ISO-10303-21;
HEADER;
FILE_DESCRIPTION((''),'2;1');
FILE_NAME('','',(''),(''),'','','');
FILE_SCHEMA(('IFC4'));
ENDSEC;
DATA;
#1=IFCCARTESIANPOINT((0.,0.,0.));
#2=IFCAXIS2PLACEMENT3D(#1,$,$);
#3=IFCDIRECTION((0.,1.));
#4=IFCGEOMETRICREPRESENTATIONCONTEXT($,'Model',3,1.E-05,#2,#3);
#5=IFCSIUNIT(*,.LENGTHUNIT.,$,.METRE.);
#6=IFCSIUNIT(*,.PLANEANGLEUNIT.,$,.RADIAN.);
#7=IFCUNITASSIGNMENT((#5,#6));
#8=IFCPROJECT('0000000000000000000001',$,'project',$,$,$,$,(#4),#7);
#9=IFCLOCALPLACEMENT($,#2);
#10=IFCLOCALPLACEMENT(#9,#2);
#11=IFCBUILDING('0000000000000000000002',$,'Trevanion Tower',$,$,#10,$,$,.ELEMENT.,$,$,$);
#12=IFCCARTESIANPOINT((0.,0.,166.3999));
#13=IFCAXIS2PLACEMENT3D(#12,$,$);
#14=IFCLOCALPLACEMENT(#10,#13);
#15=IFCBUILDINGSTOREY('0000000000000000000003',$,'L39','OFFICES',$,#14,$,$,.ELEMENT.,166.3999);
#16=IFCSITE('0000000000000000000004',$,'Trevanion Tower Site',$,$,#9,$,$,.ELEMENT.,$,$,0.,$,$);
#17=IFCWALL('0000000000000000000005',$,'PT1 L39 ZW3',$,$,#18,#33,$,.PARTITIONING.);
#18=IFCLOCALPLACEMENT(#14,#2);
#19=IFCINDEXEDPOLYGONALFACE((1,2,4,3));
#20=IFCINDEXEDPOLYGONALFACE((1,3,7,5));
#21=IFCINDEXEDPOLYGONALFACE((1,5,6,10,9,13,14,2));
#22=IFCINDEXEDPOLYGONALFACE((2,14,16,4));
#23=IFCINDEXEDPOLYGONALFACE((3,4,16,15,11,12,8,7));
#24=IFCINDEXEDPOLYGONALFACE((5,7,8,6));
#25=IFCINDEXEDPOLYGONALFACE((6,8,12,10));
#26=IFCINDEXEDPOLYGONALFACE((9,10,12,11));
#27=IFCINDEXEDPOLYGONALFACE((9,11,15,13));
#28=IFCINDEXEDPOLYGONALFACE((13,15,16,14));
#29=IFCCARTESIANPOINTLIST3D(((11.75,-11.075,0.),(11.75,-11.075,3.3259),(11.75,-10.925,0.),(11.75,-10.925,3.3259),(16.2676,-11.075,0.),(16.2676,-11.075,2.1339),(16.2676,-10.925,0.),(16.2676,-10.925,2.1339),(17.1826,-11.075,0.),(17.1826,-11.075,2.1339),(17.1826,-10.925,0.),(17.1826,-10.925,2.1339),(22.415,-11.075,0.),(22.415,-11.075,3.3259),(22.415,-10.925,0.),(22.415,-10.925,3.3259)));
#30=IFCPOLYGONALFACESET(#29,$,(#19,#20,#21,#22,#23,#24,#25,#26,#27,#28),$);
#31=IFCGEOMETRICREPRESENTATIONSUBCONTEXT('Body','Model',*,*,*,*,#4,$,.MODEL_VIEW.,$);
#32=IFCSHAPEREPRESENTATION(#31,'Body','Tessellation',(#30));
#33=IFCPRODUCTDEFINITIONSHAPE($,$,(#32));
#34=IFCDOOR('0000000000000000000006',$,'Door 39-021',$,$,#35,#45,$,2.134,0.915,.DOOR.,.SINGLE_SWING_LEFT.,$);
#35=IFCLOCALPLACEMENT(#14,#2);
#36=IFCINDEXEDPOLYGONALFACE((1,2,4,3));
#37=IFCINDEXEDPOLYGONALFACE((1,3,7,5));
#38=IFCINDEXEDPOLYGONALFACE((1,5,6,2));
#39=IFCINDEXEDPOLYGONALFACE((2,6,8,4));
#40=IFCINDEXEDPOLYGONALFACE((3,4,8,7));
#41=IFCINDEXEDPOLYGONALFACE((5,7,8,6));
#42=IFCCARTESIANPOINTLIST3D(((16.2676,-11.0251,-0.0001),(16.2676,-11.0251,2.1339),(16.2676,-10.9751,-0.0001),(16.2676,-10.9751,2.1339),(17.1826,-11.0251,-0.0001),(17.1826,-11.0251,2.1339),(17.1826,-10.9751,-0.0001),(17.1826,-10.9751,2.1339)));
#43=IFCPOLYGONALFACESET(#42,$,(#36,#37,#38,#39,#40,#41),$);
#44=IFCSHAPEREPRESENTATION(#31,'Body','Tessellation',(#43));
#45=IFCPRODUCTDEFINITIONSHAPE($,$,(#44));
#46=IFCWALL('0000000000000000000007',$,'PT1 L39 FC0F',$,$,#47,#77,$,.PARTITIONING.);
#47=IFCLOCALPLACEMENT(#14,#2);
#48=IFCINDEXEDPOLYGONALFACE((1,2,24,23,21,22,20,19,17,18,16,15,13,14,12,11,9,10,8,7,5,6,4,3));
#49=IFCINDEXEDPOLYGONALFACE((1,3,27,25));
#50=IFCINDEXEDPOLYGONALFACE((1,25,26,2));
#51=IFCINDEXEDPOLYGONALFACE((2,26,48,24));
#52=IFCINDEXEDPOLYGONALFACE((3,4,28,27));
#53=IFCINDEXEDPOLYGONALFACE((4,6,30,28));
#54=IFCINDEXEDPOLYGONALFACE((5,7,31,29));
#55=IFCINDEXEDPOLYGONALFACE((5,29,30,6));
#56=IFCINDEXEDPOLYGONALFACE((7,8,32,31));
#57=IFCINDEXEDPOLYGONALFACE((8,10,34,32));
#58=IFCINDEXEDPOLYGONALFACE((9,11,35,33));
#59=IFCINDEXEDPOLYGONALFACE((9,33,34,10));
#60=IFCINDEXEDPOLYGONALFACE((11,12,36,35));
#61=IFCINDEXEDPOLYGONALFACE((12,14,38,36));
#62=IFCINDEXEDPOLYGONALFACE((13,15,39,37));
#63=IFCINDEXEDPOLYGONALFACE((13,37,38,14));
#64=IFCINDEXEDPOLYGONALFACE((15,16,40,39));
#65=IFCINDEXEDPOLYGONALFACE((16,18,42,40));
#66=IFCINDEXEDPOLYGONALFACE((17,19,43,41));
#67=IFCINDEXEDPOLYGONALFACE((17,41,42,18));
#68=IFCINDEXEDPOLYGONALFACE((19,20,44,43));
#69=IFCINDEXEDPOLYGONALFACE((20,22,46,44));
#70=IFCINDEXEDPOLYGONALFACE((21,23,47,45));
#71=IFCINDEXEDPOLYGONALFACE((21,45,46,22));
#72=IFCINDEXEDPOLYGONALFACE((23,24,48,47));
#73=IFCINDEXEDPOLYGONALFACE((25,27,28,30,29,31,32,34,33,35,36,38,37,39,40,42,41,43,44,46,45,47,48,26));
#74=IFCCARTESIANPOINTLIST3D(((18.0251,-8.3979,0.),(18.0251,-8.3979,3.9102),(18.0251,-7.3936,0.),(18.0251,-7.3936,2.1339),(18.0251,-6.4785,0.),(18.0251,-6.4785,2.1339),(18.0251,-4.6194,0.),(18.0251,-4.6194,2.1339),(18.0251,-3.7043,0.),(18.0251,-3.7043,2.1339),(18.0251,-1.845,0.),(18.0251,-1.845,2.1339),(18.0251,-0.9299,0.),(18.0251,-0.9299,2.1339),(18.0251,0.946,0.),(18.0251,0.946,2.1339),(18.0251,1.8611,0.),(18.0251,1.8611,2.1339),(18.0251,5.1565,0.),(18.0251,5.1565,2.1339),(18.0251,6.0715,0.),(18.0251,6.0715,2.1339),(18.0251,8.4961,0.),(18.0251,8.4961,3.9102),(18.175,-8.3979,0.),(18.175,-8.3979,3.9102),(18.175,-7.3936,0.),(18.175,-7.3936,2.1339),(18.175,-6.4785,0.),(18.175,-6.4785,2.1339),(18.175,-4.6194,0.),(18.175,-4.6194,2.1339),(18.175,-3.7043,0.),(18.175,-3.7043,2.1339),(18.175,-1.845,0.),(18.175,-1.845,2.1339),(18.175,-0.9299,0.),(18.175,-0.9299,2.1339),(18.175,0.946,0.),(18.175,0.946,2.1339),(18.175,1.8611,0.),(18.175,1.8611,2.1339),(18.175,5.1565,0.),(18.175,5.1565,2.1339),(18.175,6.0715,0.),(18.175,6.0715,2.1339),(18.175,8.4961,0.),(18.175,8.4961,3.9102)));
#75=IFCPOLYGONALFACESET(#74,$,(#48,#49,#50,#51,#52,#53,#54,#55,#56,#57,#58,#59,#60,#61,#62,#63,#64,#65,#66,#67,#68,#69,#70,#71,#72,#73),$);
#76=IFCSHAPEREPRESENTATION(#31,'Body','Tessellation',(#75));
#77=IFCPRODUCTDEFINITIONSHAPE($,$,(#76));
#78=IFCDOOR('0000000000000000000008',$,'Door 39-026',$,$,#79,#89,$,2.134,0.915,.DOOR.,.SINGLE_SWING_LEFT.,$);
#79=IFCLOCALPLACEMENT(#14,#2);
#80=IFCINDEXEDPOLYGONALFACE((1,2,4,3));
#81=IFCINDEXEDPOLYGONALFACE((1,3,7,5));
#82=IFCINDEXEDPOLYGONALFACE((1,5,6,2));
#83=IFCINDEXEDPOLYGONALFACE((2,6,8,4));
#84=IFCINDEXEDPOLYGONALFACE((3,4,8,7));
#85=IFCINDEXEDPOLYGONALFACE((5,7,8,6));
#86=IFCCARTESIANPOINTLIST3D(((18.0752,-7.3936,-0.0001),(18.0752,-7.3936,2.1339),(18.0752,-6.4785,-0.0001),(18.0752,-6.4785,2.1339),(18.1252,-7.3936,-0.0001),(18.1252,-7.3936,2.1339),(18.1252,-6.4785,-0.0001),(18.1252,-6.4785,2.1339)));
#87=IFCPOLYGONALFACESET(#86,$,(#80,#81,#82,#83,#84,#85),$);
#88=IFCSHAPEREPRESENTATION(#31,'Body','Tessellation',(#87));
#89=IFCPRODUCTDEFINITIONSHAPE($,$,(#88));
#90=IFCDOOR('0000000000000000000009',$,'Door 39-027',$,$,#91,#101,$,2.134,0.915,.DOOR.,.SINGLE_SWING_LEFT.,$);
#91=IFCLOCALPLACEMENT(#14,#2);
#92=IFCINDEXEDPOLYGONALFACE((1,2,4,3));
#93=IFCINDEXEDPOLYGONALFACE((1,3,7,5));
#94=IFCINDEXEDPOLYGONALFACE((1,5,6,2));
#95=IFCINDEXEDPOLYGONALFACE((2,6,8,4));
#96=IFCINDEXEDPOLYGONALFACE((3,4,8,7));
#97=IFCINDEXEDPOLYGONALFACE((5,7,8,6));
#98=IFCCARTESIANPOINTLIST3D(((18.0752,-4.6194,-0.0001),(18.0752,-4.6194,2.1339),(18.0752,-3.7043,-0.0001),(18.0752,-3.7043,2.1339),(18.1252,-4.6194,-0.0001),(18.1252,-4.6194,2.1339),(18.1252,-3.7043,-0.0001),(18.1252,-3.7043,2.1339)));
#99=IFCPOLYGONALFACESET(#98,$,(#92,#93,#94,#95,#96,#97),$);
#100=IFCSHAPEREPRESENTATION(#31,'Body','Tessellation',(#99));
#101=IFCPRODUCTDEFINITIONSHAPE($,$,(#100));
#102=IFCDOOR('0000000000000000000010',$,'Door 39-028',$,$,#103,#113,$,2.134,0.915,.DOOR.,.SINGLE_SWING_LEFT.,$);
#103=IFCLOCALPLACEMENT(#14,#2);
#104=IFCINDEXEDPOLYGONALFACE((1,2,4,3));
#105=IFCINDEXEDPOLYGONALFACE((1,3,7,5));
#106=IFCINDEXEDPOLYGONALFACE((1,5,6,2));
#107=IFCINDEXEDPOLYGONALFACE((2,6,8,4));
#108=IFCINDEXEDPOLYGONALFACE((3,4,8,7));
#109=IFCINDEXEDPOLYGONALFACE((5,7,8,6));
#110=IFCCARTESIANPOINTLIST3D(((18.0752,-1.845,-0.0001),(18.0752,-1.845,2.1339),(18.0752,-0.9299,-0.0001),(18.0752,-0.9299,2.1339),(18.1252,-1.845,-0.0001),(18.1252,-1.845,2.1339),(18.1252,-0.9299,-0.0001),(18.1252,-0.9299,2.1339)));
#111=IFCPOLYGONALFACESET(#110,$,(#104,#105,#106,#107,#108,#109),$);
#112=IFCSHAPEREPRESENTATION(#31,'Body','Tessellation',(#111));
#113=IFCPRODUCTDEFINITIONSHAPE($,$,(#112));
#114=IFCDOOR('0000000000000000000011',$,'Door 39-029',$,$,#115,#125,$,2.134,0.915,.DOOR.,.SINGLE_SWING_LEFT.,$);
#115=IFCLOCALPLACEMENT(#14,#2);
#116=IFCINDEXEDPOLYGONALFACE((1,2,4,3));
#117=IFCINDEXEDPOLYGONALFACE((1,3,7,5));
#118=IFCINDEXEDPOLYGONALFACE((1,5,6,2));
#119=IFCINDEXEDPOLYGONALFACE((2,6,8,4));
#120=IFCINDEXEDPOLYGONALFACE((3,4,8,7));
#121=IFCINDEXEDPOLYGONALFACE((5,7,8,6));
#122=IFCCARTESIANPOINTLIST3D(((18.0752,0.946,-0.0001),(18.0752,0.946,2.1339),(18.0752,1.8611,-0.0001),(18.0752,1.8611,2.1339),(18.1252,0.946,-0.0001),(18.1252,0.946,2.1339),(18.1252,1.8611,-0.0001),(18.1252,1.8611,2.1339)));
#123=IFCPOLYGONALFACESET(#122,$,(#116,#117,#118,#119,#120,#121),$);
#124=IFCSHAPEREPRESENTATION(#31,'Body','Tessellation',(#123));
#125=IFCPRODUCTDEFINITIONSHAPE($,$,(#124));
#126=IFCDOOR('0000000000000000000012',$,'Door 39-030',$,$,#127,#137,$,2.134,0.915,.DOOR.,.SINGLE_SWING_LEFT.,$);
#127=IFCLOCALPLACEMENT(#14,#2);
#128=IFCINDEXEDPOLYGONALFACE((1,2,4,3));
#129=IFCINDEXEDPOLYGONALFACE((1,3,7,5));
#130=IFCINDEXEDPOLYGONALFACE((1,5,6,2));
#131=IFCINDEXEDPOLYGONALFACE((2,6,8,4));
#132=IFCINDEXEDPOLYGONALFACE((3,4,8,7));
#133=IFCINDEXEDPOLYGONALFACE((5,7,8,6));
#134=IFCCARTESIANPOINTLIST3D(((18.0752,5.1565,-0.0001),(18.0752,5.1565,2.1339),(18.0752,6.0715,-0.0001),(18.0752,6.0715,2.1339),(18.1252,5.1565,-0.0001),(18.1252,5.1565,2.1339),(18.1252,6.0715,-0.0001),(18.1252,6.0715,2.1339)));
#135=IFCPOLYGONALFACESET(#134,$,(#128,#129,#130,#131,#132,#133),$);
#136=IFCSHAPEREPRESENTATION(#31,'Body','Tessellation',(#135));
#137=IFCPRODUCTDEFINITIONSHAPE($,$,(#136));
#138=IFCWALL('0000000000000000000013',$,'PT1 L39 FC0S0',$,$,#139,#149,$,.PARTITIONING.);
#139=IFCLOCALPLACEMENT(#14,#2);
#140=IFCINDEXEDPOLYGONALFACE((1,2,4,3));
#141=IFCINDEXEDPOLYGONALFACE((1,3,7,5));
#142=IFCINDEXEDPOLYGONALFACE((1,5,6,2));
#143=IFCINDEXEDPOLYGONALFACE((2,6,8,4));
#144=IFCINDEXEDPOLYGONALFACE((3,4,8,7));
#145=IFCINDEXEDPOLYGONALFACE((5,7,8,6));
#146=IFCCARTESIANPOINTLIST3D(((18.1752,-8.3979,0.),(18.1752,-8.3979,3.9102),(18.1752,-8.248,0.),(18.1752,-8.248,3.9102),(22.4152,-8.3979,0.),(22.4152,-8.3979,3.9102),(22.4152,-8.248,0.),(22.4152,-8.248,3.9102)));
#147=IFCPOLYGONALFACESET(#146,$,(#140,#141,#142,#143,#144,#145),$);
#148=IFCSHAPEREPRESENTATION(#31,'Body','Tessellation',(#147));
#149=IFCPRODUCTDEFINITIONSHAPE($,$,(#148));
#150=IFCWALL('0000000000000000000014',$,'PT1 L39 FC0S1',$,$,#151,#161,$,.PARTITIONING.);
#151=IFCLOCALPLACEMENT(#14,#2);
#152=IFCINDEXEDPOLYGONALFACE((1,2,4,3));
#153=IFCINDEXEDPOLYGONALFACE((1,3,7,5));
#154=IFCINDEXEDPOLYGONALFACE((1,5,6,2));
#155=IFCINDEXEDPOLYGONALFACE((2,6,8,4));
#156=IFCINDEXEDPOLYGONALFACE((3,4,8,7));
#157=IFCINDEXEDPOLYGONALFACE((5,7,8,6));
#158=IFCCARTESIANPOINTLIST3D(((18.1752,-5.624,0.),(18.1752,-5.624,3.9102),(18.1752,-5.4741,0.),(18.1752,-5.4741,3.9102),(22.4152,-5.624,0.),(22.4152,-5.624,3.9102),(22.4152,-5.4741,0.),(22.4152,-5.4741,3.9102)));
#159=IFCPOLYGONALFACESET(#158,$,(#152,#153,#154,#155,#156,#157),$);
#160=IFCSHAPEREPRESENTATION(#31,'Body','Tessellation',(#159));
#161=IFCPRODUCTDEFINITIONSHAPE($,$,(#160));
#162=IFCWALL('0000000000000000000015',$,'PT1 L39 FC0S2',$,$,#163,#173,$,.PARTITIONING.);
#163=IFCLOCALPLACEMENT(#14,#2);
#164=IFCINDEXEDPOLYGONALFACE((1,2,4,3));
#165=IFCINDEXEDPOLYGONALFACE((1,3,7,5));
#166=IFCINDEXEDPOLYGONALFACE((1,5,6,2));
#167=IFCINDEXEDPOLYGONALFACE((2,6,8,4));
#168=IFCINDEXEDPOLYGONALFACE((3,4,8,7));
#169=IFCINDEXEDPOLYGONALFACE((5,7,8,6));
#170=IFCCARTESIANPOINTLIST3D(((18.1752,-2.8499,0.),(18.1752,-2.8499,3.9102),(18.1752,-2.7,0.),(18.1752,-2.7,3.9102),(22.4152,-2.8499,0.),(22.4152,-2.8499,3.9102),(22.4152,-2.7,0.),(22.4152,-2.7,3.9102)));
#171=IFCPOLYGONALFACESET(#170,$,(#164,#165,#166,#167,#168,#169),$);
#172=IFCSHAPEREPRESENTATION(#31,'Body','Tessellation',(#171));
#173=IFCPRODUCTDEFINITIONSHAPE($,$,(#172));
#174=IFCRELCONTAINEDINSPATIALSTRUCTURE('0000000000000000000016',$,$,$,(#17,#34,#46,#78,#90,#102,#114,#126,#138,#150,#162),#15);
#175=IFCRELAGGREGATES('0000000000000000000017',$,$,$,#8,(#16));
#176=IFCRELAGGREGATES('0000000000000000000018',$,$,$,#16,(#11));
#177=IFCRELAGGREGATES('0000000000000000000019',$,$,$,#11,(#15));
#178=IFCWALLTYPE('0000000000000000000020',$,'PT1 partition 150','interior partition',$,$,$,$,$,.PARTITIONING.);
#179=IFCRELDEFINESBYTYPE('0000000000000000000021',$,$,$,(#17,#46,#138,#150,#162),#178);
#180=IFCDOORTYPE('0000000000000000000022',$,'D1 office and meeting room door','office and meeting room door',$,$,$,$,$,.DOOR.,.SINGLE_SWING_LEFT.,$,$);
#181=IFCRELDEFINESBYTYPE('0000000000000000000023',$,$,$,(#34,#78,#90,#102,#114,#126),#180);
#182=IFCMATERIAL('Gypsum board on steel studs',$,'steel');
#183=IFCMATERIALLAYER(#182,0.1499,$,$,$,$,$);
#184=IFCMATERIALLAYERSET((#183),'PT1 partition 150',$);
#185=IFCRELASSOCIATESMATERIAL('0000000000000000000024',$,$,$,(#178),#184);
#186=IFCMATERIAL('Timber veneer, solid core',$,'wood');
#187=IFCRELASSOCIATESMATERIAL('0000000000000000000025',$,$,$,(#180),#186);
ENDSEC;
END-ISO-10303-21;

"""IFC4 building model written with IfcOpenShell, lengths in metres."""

from ifc_helpers import new_model, si_unit, direction, frame, frame_2d, origin, place, context, subcontext, project, spatial, rectangle, extrude, material, layer, layer_set, type_object, element, fill, save


model = new_model("IFC4")

# Units and contexts
model_context = context("Model", 3, precision=1e-05, world=origin(), true_north=direction((0.0, 1.0)))
body_context = subcontext(model_context, "Body", "Model", "MODEL_VIEW")
ifc_project = project(units=[si_unit("LENGTHUNIT", "METRE"), si_unit("PLANEANGLEUNIT", "RADIAN")], contexts=[model_context])

# Site, building, storey
site_placement = place(None, origin())
site = spatial("IfcSite", under=ifc_project, at=site_placement, Name="Trevanion Tower Site", CompositionType="ELEMENT", RefElevation=0.0)
building_placement = place(site_placement, origin())
building = spatial("IfcBuilding", under=site, at=building_placement, Name="Trevanion Tower", CompositionType="ELEMENT")
storey_placement = place(building_placement, frame((0.0, 0.0, 166.3999)))
storey = spatial("IfcBuildingStorey", under=building, at=storey_placement, Name="L39", Description="OFFICES", CompositionType="ELEMENT", Elevation=166.3999)

# Wall, opening, door
ifc_material_1 = material(Name="Gypsum board on steel studs", Category="steel")
ifc_layer_1 = layer(ifc_material_1, 0.1499)
ifc_layer_set_1 = layer_set([ifc_layer_1], Name="PT1 partition 150")
wall_type = type_object("IfcWallType", Name="PT1 partition 150", Description="interior partition", PredefinedType="PARTITIONING", material=ifc_layer_set_1)
wall_1_placement = place(storey_placement, frame((11.75, -11.0, 0.0), z_axis=(0.0, 0.0, 1.0), x_axis=(1.0, 0.0, 0.0)))
wall_1 = element("IfcWall", 1, at=wall_1_placement, inside=storey, type_object=wall_type, Name="PT1 L39 ZW3", PredefinedType="PARTITIONING", context=body_context, shape_type="SweptSolid", body=[
    extrude(rectangle(XDim=10.665, YDim=0.1499, at=frame_2d((5.3325, 0.0))), origin(), (0.0, 0.0, 1.0), 3.3259),
])
opening_1_placement = place(wall_1_placement, frame((4.5176, 0.0, 0.0)))
opening_1 = element("IfcOpeningElement", 2, at=opening_1_placement, cuts=wall_1, PredefinedType="OPENING", context=body_context, shape_type="SweptSolid", body=[
    extrude(rectangle(XDim=0.915, YDim=2.134, at=frame_2d((0.4575, 1.0669))), frame((0.0, 0.085, 0.0), z_axis=(0.0, -1.0, 0.0), x_axis=(1.0, 0.0, 0.0)), (0.0, 0.0, 1.0), 0.1699),
])
ifc_material_2 = material(Name="Timber veneer, solid core", Category="wood")
door_type = type_object("IfcDoorType", Name="D1 office and meeting room door", Description="office and meeting room door", OperationType="SINGLE_SWING_LEFT", PredefinedType="DOOR", material=ifc_material_2)
door_1_placement = place(opening_1_placement, origin())
door_1 = element("IfcDoor", 3, at=door_1_placement, inside=storey, type_object=door_type, Name="Door 39-021", OperationType="SINGLE_SWING_LEFT", OverallHeight=2.134, OverallWidth=0.915, PredefinedType="DOOR", context=body_context, shape_type="SweptSolid", body=[
    extrude(rectangle(XDim=0.915, YDim=2.134, at=frame_2d((0.4575, 1.0669))), frame((0.0, 0.0249, 0.0), z_axis=(0.0, -1.0, 0.0), x_axis=(1.0, 0.0, 0.0)), (0.0, 0.0, 1.0), 0.05),
])
fill(opening_1, door_1)

# Wall, openings, doors
wall_2_placement = place(storey_placement, frame((18.1001, -8.3979, 0.0), z_axis=(0.0, 0.0, 1.0), x_axis=(0.0, 1.0, 0.0)))
wall_2 = element("IfcWall", 4, at=wall_2_placement, inside=storey, type_object=wall_type, Name="PT1 L39 FC0F", PredefinedType="PARTITIONING", context=body_context, shape_type="SweptSolid", body=[
    extrude(rectangle(XDim=16.894, YDim=0.1499, at=frame_2d((8.447, 0.0))), origin(), (0.0, 0.0, 1.0), 3.9102),
])
opening_2_placement = place(wall_2_placement, frame((1.0044, 0.0, 0.0)))
opening_2 = element("IfcOpeningElement", 5, at=opening_2_placement, cuts=wall_2, PredefinedType="OPENING", context=body_context, shape_type="SweptSolid", body=[
    extrude(rectangle(XDim=0.915, YDim=2.134, at=frame_2d((0.4575, 1.0669))), frame((0.0, 0.085, 0.0), z_axis=(0.0, -1.0, 0.0), x_axis=(1.0, 0.0, 0.0)), (0.0, 0.0, 1.0), 0.1699),
])
opening_3_placement = place(wall_2_placement, frame((3.7786, 0.0, 0.0)))
opening_3 = element("IfcOpeningElement", 6, at=opening_3_placement, cuts=wall_2, PredefinedType="OPENING", context=body_context, shape_type="SweptSolid", body=[
    extrude(rectangle(XDim=0.915, YDim=2.134, at=frame_2d((0.4575, 1.0669))), frame((0.0, 0.085, 0.0), z_axis=(0.0, -1.0, 0.0), x_axis=(1.0, 0.0, 0.0)), (0.0, 0.0, 1.0), 0.1699),
])
opening_4_placement = place(wall_2_placement, frame((6.553, 0.0, 0.0)))
opening_4 = element("IfcOpeningElement", 7, at=opening_4_placement, cuts=wall_2, PredefinedType="OPENING", context=body_context, shape_type="SweptSolid", body=[
    extrude(rectangle(XDim=0.915, YDim=2.134, at=frame_2d((0.4575, 1.0669))), frame((0.0, 0.085, 0.0), z_axis=(0.0, -1.0, 0.0), x_axis=(1.0, 0.0, 0.0)), (0.0, 0.0, 1.0), 0.1699),
])
opening_5_placement = place(wall_2_placement, frame((9.344, 0.0, 0.0)))
opening_5 = element("IfcOpeningElement", 8, at=opening_5_placement, cuts=wall_2, PredefinedType="OPENING", context=body_context, shape_type="SweptSolid", body=[
    extrude(rectangle(XDim=0.915, YDim=2.134, at=frame_2d((0.4575, 1.0669))), frame((0.0, 0.085, 0.0), z_axis=(0.0, -1.0, 0.0), x_axis=(1.0, 0.0, 0.0)), (0.0, 0.0, 1.0), 0.1699),
])
opening_6_placement = place(wall_2_placement, frame((13.5544, 0.0, 0.0)))
opening_6 = element("IfcOpeningElement", 9, at=opening_6_placement, cuts=wall_2, PredefinedType="OPENING", context=body_context, shape_type="SweptSolid", body=[
    extrude(rectangle(XDim=0.915, YDim=2.134, at=frame_2d((0.4575, 1.0669))), frame((0.0, 0.085, 0.0), z_axis=(0.0, -1.0, 0.0), x_axis=(1.0, 0.0, 0.0)), (0.0, 0.0, 1.0), 0.1699),
])
door_2_placement = place(opening_2_placement, origin())
door_2 = element("IfcDoor", 10, at=door_2_placement, inside=storey, type_object=door_type, Name="Door 39-026", OperationType="SINGLE_SWING_LEFT", OverallHeight=2.134, OverallWidth=0.915, PredefinedType="DOOR", context=body_context, shape_type="SweptSolid", body=[
    extrude(rectangle(XDim=0.915, YDim=2.134, at=frame_2d((0.4575, 1.0669))), frame((0.0, 0.0249, 0.0), z_axis=(0.0, -1.0, 0.0), x_axis=(1.0, 0.0, 0.0)), (0.0, 0.0, 1.0), 0.05),
])
fill(opening_2, door_2)
door_3_placement = place(opening_3_placement, origin())
door_3 = element("IfcDoor", 11, at=door_3_placement, inside=storey, type_object=door_type, Name="Door 39-027", OperationType="SINGLE_SWING_LEFT", OverallHeight=2.134, OverallWidth=0.915, PredefinedType="DOOR", context=body_context, shape_type="SweptSolid", body=[
    extrude(rectangle(XDim=0.915, YDim=2.134, at=frame_2d((0.4575, 1.0669))), frame((0.0, 0.0249, 0.0), z_axis=(0.0, -1.0, 0.0), x_axis=(1.0, 0.0, 0.0)), (0.0, 0.0, 1.0), 0.05),
])
fill(opening_3, door_3)
door_4_placement = place(opening_4_placement, origin())
door_4 = element("IfcDoor", 12, at=door_4_placement, inside=storey, type_object=door_type, Name="Door 39-028", OperationType="SINGLE_SWING_LEFT", OverallHeight=2.134, OverallWidth=0.915, PredefinedType="DOOR", context=body_context, shape_type="SweptSolid", body=[
    extrude(rectangle(XDim=0.915, YDim=2.134, at=frame_2d((0.4575, 1.0669))), frame((0.0, 0.0249, 0.0), z_axis=(0.0, -1.0, 0.0), x_axis=(1.0, 0.0, 0.0)), (0.0, 0.0, 1.0), 0.05),
])
fill(opening_4, door_4)
door_5_placement = place(opening_5_placement, origin())
door_5 = element("IfcDoor", 13, at=door_5_placement, inside=storey, type_object=door_type, Name="Door 39-029", OperationType="SINGLE_SWING_LEFT", OverallHeight=2.134, OverallWidth=0.915, PredefinedType="DOOR", context=body_context, shape_type="SweptSolid", body=[
    extrude(rectangle(XDim=0.915, YDim=2.134, at=frame_2d((0.4575, 1.0669))), frame((0.0, 0.0249, 0.0), z_axis=(0.0, -1.0, 0.0), x_axis=(1.0, 0.0, 0.0)), (0.0, 0.0, 1.0), 0.05),
])
fill(opening_5, door_5)
door_6_placement = place(opening_6_placement, origin())
door_6 = element("IfcDoor", 14, at=door_6_placement, inside=storey, type_object=door_type, Name="Door 39-030", OperationType="SINGLE_SWING_LEFT", OverallHeight=2.134, OverallWidth=0.915, PredefinedType="DOOR", context=body_context, shape_type="SweptSolid", body=[
    extrude(rectangle(XDim=0.915, YDim=2.134, at=frame_2d((0.4575, 1.0669))), frame((0.0, 0.0249, 0.0), z_axis=(0.0, -1.0, 0.0), x_axis=(1.0, 0.0, 0.0)), (0.0, 0.0, 1.0), 0.05),
])
fill(opening_6, door_6)

# Walls
for number, where, z_axis, x_axis, name in (
    (15, (18.175, -8.323, 0.0), (0.0, 0.0, 1.0), (1.0, 0.0, 0.0), "PT1 L39 FC0S0"),
    (16, (18.175, -5.5491, 0.0), (0.0, 0.0, 1.0), (1.0, 0.0, 0.0), "PT1 L39 FC0S1"),
    (17, (18.175, -2.7749, 0.0), (0.0, 0.0, 1.0), (1.0, 0.0, 0.0), "PT1 L39 FC0S2"),
):
    element("IfcWall", number, at=place(storey_placement, frame(where, z_axis=z_axis, x_axis=x_axis)), inside=storey, type_object=wall_type, Name=name, PredefinedType="PARTITIONING", context=body_context, shape_type="SweptSolid", body=[
        extrude(rectangle(XDim=4.24, YDim=0.1499, at=frame_2d((2.1201, 0.0))), origin(), (0.0, 0.0, 1.0), 3.9102),
    ])

save(model, "model.ifc")
